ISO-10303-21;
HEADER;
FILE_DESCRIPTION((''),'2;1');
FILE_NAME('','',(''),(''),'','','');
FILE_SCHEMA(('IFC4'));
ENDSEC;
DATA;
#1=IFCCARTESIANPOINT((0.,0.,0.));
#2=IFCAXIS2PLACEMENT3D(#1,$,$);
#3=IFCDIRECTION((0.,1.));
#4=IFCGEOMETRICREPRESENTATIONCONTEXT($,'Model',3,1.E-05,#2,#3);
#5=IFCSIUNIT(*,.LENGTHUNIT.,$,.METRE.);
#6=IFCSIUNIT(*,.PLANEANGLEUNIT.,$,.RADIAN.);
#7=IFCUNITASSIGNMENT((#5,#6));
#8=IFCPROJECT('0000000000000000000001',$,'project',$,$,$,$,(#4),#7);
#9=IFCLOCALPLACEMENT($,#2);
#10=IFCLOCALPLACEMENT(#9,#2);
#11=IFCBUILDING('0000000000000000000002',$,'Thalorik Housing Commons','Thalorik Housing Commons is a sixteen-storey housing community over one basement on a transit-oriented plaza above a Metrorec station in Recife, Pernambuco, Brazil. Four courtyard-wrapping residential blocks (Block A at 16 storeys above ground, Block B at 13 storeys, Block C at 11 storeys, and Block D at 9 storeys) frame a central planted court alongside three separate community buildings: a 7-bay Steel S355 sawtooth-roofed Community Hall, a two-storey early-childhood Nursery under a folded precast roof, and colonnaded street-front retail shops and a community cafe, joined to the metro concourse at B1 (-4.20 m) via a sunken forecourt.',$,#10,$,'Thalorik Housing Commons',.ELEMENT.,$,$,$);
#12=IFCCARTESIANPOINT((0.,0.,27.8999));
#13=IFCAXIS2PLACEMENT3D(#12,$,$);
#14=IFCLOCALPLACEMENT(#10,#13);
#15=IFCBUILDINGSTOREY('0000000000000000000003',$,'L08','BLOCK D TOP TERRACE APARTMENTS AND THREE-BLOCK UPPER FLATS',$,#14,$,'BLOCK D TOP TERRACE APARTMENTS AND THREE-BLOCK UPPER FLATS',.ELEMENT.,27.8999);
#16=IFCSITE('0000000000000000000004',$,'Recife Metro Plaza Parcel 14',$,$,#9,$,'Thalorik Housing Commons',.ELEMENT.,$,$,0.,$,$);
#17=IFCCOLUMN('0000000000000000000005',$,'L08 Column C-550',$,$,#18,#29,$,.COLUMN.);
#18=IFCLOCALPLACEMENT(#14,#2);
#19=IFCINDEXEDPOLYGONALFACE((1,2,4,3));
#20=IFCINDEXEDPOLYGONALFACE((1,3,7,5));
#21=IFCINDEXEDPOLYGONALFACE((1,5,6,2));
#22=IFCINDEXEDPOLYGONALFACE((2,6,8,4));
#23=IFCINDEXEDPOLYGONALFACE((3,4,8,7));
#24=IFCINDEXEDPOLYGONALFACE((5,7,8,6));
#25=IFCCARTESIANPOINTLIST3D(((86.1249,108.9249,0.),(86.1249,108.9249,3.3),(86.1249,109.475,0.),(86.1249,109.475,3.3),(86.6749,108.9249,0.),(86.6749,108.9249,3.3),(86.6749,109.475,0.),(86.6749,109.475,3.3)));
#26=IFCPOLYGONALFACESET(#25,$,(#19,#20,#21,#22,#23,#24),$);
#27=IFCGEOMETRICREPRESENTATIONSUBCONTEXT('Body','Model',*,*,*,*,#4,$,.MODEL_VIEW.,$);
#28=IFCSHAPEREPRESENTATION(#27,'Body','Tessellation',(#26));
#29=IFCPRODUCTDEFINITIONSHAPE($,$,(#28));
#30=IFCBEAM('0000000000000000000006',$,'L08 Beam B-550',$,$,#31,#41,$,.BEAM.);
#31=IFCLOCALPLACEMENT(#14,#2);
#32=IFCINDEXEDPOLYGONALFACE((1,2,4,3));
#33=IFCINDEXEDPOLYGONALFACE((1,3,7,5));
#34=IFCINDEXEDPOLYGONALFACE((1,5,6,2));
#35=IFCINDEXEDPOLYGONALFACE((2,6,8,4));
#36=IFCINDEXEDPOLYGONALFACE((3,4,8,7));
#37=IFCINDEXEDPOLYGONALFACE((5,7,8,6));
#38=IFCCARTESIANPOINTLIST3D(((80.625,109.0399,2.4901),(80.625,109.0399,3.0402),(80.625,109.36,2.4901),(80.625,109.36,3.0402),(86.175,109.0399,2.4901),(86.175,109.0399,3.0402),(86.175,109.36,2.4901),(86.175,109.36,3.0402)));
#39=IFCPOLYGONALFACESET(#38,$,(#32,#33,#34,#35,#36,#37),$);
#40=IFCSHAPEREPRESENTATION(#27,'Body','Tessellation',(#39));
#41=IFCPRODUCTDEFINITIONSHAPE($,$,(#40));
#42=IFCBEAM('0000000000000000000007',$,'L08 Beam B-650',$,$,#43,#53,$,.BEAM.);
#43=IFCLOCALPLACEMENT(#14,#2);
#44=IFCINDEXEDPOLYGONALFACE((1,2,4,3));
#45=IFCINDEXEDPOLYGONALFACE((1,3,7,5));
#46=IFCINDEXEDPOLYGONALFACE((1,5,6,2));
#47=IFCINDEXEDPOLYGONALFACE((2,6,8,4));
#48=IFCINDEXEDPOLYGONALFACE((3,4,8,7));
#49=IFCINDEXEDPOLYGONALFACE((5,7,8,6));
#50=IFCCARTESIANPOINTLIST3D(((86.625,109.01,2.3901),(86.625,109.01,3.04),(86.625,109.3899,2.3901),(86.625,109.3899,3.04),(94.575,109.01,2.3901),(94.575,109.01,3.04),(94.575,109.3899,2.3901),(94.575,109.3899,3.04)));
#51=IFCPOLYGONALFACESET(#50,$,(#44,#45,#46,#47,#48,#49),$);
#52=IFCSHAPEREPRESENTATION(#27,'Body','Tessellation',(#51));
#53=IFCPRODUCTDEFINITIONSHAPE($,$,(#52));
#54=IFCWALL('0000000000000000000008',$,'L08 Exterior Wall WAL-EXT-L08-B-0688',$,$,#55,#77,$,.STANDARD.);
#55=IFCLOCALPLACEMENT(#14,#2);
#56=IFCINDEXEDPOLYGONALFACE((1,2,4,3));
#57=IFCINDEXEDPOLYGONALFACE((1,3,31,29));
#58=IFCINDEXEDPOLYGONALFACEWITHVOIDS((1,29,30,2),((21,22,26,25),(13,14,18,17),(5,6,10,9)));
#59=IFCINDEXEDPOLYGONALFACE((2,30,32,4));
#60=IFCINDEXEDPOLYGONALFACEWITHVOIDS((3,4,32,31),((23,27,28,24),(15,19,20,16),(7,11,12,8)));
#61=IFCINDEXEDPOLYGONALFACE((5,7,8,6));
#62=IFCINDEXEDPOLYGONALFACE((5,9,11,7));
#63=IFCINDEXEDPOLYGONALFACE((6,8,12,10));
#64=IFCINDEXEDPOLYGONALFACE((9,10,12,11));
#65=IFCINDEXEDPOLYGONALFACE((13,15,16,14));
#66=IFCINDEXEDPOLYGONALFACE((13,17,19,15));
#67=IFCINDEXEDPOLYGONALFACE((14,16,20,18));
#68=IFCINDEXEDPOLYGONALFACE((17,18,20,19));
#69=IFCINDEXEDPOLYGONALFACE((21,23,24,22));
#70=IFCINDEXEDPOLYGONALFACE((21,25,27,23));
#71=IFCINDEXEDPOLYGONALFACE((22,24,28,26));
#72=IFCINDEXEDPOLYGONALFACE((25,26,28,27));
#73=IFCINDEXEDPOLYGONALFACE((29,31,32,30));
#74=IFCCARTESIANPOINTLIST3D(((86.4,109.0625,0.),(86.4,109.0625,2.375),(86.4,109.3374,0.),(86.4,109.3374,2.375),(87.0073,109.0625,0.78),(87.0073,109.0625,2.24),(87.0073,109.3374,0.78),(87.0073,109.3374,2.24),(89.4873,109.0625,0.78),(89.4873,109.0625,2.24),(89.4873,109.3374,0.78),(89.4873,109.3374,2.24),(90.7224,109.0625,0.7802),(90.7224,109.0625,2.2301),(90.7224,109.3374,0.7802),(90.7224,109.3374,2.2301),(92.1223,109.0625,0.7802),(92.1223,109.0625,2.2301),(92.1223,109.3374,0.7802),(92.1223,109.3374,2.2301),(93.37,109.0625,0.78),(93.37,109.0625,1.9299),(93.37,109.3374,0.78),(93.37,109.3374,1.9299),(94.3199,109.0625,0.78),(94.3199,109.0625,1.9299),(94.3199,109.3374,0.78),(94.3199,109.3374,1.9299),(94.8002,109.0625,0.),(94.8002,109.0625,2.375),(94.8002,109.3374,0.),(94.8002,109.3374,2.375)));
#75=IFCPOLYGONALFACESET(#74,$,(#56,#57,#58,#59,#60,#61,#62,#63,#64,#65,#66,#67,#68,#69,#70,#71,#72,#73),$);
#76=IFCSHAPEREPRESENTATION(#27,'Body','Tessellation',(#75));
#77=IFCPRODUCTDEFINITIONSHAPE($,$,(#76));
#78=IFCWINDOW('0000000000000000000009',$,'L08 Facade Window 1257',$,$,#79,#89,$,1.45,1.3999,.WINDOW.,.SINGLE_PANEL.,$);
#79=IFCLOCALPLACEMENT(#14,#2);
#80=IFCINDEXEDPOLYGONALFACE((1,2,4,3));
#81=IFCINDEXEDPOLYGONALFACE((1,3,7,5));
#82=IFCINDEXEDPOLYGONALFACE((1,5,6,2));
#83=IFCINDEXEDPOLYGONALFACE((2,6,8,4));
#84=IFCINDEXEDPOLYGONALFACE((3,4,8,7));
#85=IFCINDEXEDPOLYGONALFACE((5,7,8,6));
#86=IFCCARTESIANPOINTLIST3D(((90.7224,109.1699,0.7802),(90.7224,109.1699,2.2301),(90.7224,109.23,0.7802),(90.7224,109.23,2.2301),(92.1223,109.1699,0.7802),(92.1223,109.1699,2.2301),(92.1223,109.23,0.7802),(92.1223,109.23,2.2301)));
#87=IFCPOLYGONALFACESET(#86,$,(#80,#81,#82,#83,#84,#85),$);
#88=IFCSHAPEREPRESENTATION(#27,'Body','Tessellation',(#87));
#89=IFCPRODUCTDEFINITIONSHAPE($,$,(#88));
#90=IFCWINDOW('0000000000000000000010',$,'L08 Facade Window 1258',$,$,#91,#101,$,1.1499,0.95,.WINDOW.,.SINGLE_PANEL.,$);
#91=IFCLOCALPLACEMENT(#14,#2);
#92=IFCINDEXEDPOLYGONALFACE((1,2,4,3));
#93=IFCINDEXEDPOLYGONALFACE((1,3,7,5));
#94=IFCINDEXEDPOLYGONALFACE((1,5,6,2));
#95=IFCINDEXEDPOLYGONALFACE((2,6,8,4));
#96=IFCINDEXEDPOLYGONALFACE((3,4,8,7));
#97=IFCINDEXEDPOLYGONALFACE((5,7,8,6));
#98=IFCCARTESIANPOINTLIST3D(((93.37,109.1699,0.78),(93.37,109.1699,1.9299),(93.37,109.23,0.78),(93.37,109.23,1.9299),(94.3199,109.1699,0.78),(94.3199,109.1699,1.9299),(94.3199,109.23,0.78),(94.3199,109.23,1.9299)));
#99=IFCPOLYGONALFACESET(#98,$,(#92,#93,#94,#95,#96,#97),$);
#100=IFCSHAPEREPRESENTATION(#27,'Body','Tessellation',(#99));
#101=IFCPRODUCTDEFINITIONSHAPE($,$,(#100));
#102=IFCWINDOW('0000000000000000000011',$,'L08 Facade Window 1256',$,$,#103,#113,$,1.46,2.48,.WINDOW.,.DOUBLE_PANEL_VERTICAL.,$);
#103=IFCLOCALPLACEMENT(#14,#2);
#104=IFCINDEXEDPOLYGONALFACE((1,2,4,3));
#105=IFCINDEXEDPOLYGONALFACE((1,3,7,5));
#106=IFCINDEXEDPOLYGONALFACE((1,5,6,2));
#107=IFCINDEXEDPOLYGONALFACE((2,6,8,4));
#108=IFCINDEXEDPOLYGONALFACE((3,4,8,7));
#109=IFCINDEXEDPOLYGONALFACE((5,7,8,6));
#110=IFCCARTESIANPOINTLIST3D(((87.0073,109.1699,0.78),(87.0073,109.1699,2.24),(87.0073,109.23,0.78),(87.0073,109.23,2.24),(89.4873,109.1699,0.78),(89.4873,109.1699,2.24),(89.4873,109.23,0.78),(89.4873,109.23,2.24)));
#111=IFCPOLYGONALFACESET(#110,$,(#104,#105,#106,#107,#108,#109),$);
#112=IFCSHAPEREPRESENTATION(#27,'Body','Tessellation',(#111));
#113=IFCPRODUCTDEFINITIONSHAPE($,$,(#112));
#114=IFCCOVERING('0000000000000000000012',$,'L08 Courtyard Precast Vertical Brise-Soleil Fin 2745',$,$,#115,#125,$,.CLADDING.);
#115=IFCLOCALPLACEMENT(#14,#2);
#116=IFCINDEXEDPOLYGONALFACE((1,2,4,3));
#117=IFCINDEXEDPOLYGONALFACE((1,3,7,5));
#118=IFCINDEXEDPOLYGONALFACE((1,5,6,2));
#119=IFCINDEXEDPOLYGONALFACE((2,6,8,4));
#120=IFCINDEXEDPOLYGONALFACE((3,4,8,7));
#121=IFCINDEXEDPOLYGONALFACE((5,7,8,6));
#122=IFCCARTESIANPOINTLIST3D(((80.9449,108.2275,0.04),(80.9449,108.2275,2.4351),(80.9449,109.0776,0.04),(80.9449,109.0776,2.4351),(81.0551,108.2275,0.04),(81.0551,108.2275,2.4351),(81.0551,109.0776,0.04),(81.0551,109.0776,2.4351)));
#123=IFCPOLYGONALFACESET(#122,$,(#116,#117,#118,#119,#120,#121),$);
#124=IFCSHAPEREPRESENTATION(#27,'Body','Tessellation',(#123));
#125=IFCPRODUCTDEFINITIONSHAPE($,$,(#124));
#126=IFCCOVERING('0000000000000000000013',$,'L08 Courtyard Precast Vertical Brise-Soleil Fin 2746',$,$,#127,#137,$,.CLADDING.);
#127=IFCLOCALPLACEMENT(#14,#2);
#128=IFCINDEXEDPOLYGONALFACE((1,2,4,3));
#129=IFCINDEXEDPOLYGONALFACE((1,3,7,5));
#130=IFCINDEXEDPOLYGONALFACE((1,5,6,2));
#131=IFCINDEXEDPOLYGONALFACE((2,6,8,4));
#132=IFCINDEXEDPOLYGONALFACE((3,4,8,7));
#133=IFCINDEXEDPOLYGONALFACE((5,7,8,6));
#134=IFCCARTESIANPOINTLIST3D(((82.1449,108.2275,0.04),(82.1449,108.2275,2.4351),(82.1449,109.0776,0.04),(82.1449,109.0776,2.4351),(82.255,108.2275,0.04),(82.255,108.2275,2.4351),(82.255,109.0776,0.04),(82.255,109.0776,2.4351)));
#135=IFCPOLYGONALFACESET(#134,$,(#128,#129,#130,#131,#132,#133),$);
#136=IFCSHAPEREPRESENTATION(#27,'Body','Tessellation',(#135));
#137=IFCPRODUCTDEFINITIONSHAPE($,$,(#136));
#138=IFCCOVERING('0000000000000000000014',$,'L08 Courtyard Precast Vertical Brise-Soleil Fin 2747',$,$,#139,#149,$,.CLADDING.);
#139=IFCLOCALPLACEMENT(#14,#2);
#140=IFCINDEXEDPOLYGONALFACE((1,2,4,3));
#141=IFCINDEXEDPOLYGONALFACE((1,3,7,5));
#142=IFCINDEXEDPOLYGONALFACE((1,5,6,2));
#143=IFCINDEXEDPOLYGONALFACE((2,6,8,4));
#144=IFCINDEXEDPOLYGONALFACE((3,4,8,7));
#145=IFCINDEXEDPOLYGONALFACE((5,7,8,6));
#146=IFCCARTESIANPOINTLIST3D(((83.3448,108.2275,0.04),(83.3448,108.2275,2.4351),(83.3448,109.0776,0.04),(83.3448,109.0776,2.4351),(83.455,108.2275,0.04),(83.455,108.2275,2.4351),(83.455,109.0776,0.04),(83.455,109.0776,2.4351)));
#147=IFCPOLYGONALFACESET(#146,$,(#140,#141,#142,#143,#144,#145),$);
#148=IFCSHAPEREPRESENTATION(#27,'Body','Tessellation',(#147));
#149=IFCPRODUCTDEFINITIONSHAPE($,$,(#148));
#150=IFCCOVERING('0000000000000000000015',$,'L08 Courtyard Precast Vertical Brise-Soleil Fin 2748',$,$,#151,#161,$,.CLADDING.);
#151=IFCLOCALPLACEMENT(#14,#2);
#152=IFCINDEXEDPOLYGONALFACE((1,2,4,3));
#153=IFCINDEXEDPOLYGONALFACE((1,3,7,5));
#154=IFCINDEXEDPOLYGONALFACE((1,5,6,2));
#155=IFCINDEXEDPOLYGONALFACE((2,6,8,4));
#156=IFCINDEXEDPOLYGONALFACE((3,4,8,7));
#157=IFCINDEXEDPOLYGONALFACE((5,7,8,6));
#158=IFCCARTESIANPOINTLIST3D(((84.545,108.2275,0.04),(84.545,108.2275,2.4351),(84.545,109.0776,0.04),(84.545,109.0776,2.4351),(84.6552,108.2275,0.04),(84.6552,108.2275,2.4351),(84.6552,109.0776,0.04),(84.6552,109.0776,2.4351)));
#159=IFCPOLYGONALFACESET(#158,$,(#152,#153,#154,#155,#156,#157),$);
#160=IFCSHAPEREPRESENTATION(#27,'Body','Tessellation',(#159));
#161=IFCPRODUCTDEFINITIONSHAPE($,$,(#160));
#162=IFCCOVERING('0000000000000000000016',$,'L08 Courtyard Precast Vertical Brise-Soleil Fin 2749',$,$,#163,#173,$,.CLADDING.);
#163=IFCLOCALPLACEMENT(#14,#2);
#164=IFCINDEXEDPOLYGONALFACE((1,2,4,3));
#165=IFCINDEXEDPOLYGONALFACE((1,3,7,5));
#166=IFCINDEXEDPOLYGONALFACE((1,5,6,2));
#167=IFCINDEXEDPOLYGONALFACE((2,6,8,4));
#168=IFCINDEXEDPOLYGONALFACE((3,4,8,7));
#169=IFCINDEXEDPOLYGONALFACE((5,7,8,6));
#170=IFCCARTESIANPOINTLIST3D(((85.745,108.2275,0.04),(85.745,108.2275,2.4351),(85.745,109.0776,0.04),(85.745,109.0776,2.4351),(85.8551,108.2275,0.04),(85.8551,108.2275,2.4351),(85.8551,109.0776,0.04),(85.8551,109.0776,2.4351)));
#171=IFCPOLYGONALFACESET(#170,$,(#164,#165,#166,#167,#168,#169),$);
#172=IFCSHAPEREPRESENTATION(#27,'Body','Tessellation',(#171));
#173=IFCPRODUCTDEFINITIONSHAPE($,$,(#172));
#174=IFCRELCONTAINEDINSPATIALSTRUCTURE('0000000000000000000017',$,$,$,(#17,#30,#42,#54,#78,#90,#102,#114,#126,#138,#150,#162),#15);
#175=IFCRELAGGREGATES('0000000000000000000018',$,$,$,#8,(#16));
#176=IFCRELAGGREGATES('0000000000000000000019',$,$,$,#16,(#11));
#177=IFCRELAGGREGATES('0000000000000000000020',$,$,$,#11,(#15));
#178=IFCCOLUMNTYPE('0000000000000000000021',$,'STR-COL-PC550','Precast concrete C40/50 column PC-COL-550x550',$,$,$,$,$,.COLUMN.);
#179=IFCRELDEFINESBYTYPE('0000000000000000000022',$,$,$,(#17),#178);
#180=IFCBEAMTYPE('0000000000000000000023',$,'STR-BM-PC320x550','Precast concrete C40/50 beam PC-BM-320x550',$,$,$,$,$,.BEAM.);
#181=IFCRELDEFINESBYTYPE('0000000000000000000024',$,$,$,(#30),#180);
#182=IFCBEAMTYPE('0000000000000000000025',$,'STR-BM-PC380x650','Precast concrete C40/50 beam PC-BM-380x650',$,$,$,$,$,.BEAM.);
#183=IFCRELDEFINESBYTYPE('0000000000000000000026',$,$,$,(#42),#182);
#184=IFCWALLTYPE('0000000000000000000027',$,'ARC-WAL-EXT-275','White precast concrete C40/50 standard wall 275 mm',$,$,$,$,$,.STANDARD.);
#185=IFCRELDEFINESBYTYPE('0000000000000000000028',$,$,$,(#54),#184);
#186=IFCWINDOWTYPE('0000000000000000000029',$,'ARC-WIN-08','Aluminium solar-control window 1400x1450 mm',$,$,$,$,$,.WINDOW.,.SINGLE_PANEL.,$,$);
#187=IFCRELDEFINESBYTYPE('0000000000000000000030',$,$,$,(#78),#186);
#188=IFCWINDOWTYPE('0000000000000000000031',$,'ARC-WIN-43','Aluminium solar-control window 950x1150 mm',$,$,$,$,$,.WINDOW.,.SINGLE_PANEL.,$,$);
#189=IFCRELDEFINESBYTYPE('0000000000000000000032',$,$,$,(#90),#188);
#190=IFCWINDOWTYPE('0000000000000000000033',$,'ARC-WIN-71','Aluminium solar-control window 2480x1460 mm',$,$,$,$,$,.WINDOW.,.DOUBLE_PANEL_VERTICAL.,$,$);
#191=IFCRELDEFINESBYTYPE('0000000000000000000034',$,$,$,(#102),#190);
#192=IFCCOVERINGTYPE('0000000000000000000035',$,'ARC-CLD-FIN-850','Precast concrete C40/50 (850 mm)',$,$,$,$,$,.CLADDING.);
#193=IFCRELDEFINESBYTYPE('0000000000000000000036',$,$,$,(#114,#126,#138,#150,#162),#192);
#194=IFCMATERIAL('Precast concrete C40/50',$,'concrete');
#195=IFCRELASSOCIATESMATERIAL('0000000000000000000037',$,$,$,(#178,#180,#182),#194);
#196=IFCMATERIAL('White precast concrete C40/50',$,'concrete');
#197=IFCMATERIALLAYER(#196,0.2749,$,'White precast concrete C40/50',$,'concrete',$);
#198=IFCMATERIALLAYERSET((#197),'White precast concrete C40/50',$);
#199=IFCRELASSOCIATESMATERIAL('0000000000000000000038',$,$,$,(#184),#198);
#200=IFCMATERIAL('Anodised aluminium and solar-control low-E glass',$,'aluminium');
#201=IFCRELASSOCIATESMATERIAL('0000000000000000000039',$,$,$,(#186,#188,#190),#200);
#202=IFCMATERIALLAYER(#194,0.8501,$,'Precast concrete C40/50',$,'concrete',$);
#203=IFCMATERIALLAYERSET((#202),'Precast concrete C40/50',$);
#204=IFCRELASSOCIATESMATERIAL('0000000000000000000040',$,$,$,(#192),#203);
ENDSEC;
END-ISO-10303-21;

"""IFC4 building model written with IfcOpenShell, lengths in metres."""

from ifc_helpers import new_model, si_unit, direction, frame, frame_2d, origin, origin_2d, place, context, subcontext, project, spatial, rectangle, extrude, material, layer, layer_set, material_profile, profile_set, type_object, element, fill, save


model = new_model("IFC4")

# Units and contexts
model_context = context("Model", 3, precision=1e-05, world=origin(), true_north=direction((0.0, 1.0)))
body_context = subcontext(model_context, "Body", "Model", "MODEL_VIEW")
ifc_project = project(units=[si_unit("LENGTHUNIT", "METRE"), si_unit("PLANEANGLEUNIT", "RADIAN")], contexts=[model_context])

# Site, building, storey
site_placement = place(None, origin())
site = spatial("IfcSite", under=ifc_project, at=site_placement, Name="Recife Metro Plaza Parcel 14", LongName="Thalorik Housing Commons", CompositionType="ELEMENT", RefElevation=0.0)
building_placement = place(site_placement, origin())
building = spatial("IfcBuilding", under=site, at=building_placement, Name="Thalorik Housing Commons", Description="Thalorik Housing Commons is a sixteen-storey housing community over one basement on a transit-oriented plaza above a Metrorec station in Recife, Pernambuco, Brazil. Four courtyard-wrapping residential blocks (Block A at 16 storeys above ground, Block B at 13 storeys, Block C at 11 storeys, and Block D at 9 storeys) frame a central planted court alongside three separate community buildings: a 7-bay Steel S355 sawtooth-roofed Community Hall, a two-storey early-childhood Nursery under a folded precast roof, and colonnaded street-front retail shops and a community cafe, joined to the metro concourse at B1 (-4.20 m) via a sunken forecourt.", LongName="Thalorik Housing Commons", CompositionType="ELEMENT")
storey_placement = place(building_placement, frame((0.0, 0.0, 27.8999)))
storey = spatial("IfcBuildingStorey", under=building, at=storey_placement, Name="L08", Description="BLOCK D TOP TERRACE APARTMENTS AND THREE-BLOCK UPPER FLATS", LongName="BLOCK D TOP TERRACE APARTMENTS AND THREE-BLOCK UPPER FLATS", CompositionType="ELEMENT", Elevation=27.8999)

# Column
ifc_material_1 = material(Name="Precast concrete C40/50", Category="concrete")
ifc_material_profile_1 = material_profile(ifc_material_1, rectangle(XDim=0.55, YDim=0.55, at=origin_2d()), Name="PC 550x550", Category="concrete")
ifc_profile_set_1 = profile_set([ifc_material_profile_1], Name="Precast concrete C40/50")
column_type = type_object("IfcColumnType", Name="STR-COL-PC550", Description="Precast concrete C40/50 column PC-COL-550x550", PredefinedType="COLUMN", material=ifc_profile_set_1)
column_placement = place(storey_placement, frame((86.3999, 109.2, 0.0), z_axis=(0.0, 0.0, 1.0), x_axis=(1.0, 0.0, 0.0)))
element("IfcColumn", 1, at=column_placement, inside=storey, type_object=column_type, Name="L08 Column C-550", PredefinedType="COLUMN", context=body_context, shape_type="SweptSolid", body=[
    extrude(rectangle(XDim=0.55, YDim=0.55, at=origin_2d()), origin(), (0.0, 0.0, 1.0), 3.3),
])

# Beams
ifc_material_profile_2 = material_profile(ifc_material_1, rectangle(XDim=0.3201, YDim=0.55, at=origin_2d()), Name="PC 320x550", Category="concrete")
ifc_profile_set_2 = profile_set([ifc_material_profile_2], Name="Precast concrete C40/50")
beam_type_1 = type_object("IfcBeamType", Name="STR-BM-PC320x550", Description="Precast concrete C40/50 beam PC-BM-320x550", PredefinedType="BEAM", material=ifc_profile_set_2)
beam_1_placement = place(storey_placement, frame((80.625, 109.2, 2.7651), z_axis=(1.0, 0.0, 0.0), x_axis=(0.0, 1.0, 0.0)))
element("IfcBeam", 2, at=beam_1_placement, inside=storey, type_object=beam_type_1, Name="L08 Beam B-550", PredefinedType="BEAM", context=body_context, shape_type="SweptSolid", body=[
    extrude(rectangle(XDim=0.3201, YDim=0.55, at=origin_2d()), origin(), (0.0, 0.0, 1.0), 5.55),
])
ifc_material_profile_3 = material_profile(ifc_material_1, rectangle(XDim=0.3799, YDim=0.6499, at=origin_2d()), Name="PC 380x650", Category="concrete")
ifc_profile_set_3 = profile_set([ifc_material_profile_3], Name="Precast concrete C40/50")
beam_type_2 = type_object("IfcBeamType", Name="STR-BM-PC380x650", Description="Precast concrete C40/50 beam PC-BM-380x650", PredefinedType="BEAM", material=ifc_profile_set_3)
beam_2_placement = place(storey_placement, frame((86.625, 109.2, 2.7151), z_axis=(1.0, 0.0, 0.0), x_axis=(0.0, 1.0, 0.0)))
element("IfcBeam", 3, at=beam_2_placement, inside=storey, type_object=beam_type_2, Name="L08 Beam B-650", PredefinedType="BEAM", context=body_context, shape_type="SweptSolid", body=[
    extrude(rectangle(XDim=0.3799, YDim=0.6499, at=origin_2d()), origin(), (0.0, 0.0, 1.0), 7.95),
])

# Wall, openings, windows
ifc_material_2 = material(Name="White precast concrete C40/50", Category="concrete")
ifc_layer_1 = layer(ifc_material_2, 0.2749, Name="White precast concrete C40/50", Category="concrete")
ifc_layer_set_1 = layer_set([ifc_layer_1], Name="White precast concrete C40/50")
wall_type = type_object("IfcWallType", Name="ARC-WAL-EXT-275", Description="White precast concrete C40/50 standard wall 275 mm", PredefinedType="STANDARD", material=ifc_layer_set_1)
wall_placement = place(storey_placement, frame((86.3999, 109.2, 0.0), z_axis=(0.0, 0.0, 1.0), x_axis=(1.0, 0.0, 0.0)))
wall = element("IfcWall", 4, at=wall_placement, inside=storey, type_object=wall_type, Name="L08 Exterior Wall WAL-EXT-L08-B-0688", PredefinedType="STANDARD", context=body_context, shape_type="SweptSolid", body=[
    extrude(rectangle(XDim=8.4001, YDim=0.2749, at=frame_2d((4.2002, 0.0))), origin(), (0.0, 0.0, 1.0), 2.375),
])
opening_1_placement = place(wall_placement, frame((0.6074, 0.0, 0.78)))
opening_1 = element("IfcOpeningElement", 5, at=opening_1_placement, cuts=wall, PredefinedType="OPENING", context=body_context, shape_type="SweptSolid", body=[
    extrude(rectangle(XDim=2.48, YDim=1.46, at=frame_2d((1.24, 0.73))), frame((0.0, 0.1475, 0.0), z_axis=(0.0, -1.0, 0.0), x_axis=(1.0, 0.0, 0.0)), (0.0, 0.0, 1.0), 0.2949),
])
opening_2_placement = place(wall_placement, frame((4.3225, 0.0, 0.78)))
opening_2 = element("IfcOpeningElement", 6, at=opening_2_placement, cuts=wall, PredefinedType="OPENING", context=body_context, shape_type="SweptSolid", body=[
    extrude(rectangle(XDim=1.3999, YDim=1.45, at=frame_2d((0.7, 0.7251))), frame((0.0, 0.1475, 0.0), z_axis=(0.0, -1.0, 0.0), x_axis=(1.0, 0.0, 0.0)), (0.0, 0.0, 1.0), 0.2949),
])
opening_3_placement = place(wall_placement, frame((6.97, 0.0, 0.78)))
opening_3 = element("IfcOpeningElement", 7, at=opening_3_placement, cuts=wall, PredefinedType="OPENING", context=body_context, shape_type="SweptSolid", body=[
    extrude(rectangle(XDim=0.95, YDim=1.1499, at=frame_2d((0.4751, 0.575))), frame((0.0, 0.1475, 0.0), z_axis=(0.0, -1.0, 0.0), x_axis=(1.0, 0.0, 0.0)), (0.0, 0.0, 1.0), 0.2949),
])
ifc_material_3 = material(Name="Anodised aluminium and solar-control low-E glass", Category="aluminium")
window_type_1 = type_object("IfcWindowType", Name="ARC-WIN-08", Description="Aluminium solar-control window 1400x1450 mm", PartitioningType="SINGLE_PANEL", PredefinedType="WINDOW", material=ifc_material_3)
window_1_placement = place(opening_2_placement, origin())
window_1 = element("IfcWindow", 8, at=window_1_placement, inside=storey, type_object=window_type_1, Name="L08 Facade Window 1257", OverallHeight=1.45, OverallWidth=1.3999, PartitioningType="SINGLE_PANEL", PredefinedType="WINDOW", context=body_context, shape_type="SweptSolid", body=[
    extrude(rectangle(XDim=1.3999, YDim=1.45, at=frame_2d((0.7, 0.7251))), frame((0.0, 0.03, 0.0), z_axis=(0.0, -1.0, 0.0), x_axis=(1.0, 0.0, 0.0)), (0.0, 0.0, 1.0), 0.0601),
])
fill(opening_2, window_1)
window_type_2 = type_object("IfcWindowType", Name="ARC-WIN-43", Description="Aluminium solar-control window 950x1150 mm", PartitioningType="SINGLE_PANEL", PredefinedType="WINDOW", material=ifc_material_3)
window_2_placement = place(opening_3_placement, origin())
window_2 = element("IfcWindow", 9, at=window_2_placement, inside=storey, type_object=window_type_2, Name="L08 Facade Window 1258", OverallHeight=1.1499, OverallWidth=0.95, PartitioningType="SINGLE_PANEL", PredefinedType="WINDOW", context=body_context, shape_type="SweptSolid", body=[
    extrude(rectangle(XDim=0.95, YDim=1.1499, at=frame_2d((0.4751, 0.575))), frame((0.0, 0.03, 0.0), z_axis=(0.0, -1.0, 0.0), x_axis=(1.0, 0.0, 0.0)), (0.0, 0.0, 1.0), 0.0601),
])
fill(opening_3, window_2)
window_type_3 = type_object("IfcWindowType", Name="ARC-WIN-71", Description="Aluminium solar-control window 2480x1460 mm", PartitioningType="DOUBLE_PANEL_VERTICAL", PredefinedType="WINDOW", material=ifc_material_3)
window_3_placement = place(opening_1_placement, origin())
window_3 = element("IfcWindow", 10, at=window_3_placement, inside=storey, type_object=window_type_3, Name="L08 Facade Window 1256", OverallHeight=1.46, OverallWidth=2.48, PartitioningType="DOUBLE_PANEL_VERTICAL", PredefinedType="WINDOW", context=body_context, shape_type="SweptSolid", body=[
    extrude(rectangle(XDim=2.48, YDim=1.46, at=frame_2d((1.24, 0.73))), frame((0.0, 0.03, 0.0), z_axis=(0.0, -1.0, 0.0), x_axis=(1.0, 0.0, 0.0)), (0.0, 0.0, 1.0), 0.0601),
])
fill(opening_1, window_3)

# Coverings
ifc_layer_2 = layer(ifc_material_1, 0.8501, Name="Precast concrete C40/50", Category="concrete")
ifc_layer_set_2 = layer_set([ifc_layer_2], Name="Precast concrete C40/50")
covering_type_1 = type_object("IfcCoveringType", Name="ARC-CLD-FIN-850", Description="Precast concrete C40/50 (850 mm)", PredefinedType="CLADDING", material=ifc_layer_set_2)
for number, where, z_axis, x_axis, name in (
    (11, (81.0, 108.6526, 0.04), (0.0, 0.0, 1.0), (1.0, 0.0, 0.0), "L08 Courtyard Precast Vertical Brise-Soleil Fin 2745"),
    (12, (82.2, 108.6526, 0.04), (0.0, 0.0, 1.0), (1.0, 0.0, 0.0), "L08 Courtyard Precast Vertical Brise-Soleil Fin 2746"),
    (13, (83.3999, 108.6526, 0.04), (0.0, 0.0, 1.0), (1.0, 0.0, 0.0), "L08 Courtyard Precast Vertical Brise-Soleil Fin 2747"),
    (14, (84.6001, 108.6526, 0.04), (0.0, 0.0, 1.0), (1.0, 0.0, 0.0), "L08 Courtyard Precast Vertical Brise-Soleil Fin 2748"),
    (15, (85.8, 108.6526, 0.04), (0.0, 0.0, 1.0), (1.0, 0.0, 0.0), "L08 Courtyard Precast Vertical Brise-Soleil Fin 2749"),
):
    element("IfcCovering", number, at=place(storey_placement, frame(where, z_axis=z_axis, x_axis=x_axis)), inside=storey, type_object=covering_type_1, Name=name, PredefinedType="CLADDING", context=body_context, shape_type="SweptSolid", body=[
        extrude(rectangle(XDim=0.1101, YDim=0.8501, at=origin_2d()), origin(), (0.0, 0.0, 1.0), 2.395),
    ])

save(model, "model.ifc")
